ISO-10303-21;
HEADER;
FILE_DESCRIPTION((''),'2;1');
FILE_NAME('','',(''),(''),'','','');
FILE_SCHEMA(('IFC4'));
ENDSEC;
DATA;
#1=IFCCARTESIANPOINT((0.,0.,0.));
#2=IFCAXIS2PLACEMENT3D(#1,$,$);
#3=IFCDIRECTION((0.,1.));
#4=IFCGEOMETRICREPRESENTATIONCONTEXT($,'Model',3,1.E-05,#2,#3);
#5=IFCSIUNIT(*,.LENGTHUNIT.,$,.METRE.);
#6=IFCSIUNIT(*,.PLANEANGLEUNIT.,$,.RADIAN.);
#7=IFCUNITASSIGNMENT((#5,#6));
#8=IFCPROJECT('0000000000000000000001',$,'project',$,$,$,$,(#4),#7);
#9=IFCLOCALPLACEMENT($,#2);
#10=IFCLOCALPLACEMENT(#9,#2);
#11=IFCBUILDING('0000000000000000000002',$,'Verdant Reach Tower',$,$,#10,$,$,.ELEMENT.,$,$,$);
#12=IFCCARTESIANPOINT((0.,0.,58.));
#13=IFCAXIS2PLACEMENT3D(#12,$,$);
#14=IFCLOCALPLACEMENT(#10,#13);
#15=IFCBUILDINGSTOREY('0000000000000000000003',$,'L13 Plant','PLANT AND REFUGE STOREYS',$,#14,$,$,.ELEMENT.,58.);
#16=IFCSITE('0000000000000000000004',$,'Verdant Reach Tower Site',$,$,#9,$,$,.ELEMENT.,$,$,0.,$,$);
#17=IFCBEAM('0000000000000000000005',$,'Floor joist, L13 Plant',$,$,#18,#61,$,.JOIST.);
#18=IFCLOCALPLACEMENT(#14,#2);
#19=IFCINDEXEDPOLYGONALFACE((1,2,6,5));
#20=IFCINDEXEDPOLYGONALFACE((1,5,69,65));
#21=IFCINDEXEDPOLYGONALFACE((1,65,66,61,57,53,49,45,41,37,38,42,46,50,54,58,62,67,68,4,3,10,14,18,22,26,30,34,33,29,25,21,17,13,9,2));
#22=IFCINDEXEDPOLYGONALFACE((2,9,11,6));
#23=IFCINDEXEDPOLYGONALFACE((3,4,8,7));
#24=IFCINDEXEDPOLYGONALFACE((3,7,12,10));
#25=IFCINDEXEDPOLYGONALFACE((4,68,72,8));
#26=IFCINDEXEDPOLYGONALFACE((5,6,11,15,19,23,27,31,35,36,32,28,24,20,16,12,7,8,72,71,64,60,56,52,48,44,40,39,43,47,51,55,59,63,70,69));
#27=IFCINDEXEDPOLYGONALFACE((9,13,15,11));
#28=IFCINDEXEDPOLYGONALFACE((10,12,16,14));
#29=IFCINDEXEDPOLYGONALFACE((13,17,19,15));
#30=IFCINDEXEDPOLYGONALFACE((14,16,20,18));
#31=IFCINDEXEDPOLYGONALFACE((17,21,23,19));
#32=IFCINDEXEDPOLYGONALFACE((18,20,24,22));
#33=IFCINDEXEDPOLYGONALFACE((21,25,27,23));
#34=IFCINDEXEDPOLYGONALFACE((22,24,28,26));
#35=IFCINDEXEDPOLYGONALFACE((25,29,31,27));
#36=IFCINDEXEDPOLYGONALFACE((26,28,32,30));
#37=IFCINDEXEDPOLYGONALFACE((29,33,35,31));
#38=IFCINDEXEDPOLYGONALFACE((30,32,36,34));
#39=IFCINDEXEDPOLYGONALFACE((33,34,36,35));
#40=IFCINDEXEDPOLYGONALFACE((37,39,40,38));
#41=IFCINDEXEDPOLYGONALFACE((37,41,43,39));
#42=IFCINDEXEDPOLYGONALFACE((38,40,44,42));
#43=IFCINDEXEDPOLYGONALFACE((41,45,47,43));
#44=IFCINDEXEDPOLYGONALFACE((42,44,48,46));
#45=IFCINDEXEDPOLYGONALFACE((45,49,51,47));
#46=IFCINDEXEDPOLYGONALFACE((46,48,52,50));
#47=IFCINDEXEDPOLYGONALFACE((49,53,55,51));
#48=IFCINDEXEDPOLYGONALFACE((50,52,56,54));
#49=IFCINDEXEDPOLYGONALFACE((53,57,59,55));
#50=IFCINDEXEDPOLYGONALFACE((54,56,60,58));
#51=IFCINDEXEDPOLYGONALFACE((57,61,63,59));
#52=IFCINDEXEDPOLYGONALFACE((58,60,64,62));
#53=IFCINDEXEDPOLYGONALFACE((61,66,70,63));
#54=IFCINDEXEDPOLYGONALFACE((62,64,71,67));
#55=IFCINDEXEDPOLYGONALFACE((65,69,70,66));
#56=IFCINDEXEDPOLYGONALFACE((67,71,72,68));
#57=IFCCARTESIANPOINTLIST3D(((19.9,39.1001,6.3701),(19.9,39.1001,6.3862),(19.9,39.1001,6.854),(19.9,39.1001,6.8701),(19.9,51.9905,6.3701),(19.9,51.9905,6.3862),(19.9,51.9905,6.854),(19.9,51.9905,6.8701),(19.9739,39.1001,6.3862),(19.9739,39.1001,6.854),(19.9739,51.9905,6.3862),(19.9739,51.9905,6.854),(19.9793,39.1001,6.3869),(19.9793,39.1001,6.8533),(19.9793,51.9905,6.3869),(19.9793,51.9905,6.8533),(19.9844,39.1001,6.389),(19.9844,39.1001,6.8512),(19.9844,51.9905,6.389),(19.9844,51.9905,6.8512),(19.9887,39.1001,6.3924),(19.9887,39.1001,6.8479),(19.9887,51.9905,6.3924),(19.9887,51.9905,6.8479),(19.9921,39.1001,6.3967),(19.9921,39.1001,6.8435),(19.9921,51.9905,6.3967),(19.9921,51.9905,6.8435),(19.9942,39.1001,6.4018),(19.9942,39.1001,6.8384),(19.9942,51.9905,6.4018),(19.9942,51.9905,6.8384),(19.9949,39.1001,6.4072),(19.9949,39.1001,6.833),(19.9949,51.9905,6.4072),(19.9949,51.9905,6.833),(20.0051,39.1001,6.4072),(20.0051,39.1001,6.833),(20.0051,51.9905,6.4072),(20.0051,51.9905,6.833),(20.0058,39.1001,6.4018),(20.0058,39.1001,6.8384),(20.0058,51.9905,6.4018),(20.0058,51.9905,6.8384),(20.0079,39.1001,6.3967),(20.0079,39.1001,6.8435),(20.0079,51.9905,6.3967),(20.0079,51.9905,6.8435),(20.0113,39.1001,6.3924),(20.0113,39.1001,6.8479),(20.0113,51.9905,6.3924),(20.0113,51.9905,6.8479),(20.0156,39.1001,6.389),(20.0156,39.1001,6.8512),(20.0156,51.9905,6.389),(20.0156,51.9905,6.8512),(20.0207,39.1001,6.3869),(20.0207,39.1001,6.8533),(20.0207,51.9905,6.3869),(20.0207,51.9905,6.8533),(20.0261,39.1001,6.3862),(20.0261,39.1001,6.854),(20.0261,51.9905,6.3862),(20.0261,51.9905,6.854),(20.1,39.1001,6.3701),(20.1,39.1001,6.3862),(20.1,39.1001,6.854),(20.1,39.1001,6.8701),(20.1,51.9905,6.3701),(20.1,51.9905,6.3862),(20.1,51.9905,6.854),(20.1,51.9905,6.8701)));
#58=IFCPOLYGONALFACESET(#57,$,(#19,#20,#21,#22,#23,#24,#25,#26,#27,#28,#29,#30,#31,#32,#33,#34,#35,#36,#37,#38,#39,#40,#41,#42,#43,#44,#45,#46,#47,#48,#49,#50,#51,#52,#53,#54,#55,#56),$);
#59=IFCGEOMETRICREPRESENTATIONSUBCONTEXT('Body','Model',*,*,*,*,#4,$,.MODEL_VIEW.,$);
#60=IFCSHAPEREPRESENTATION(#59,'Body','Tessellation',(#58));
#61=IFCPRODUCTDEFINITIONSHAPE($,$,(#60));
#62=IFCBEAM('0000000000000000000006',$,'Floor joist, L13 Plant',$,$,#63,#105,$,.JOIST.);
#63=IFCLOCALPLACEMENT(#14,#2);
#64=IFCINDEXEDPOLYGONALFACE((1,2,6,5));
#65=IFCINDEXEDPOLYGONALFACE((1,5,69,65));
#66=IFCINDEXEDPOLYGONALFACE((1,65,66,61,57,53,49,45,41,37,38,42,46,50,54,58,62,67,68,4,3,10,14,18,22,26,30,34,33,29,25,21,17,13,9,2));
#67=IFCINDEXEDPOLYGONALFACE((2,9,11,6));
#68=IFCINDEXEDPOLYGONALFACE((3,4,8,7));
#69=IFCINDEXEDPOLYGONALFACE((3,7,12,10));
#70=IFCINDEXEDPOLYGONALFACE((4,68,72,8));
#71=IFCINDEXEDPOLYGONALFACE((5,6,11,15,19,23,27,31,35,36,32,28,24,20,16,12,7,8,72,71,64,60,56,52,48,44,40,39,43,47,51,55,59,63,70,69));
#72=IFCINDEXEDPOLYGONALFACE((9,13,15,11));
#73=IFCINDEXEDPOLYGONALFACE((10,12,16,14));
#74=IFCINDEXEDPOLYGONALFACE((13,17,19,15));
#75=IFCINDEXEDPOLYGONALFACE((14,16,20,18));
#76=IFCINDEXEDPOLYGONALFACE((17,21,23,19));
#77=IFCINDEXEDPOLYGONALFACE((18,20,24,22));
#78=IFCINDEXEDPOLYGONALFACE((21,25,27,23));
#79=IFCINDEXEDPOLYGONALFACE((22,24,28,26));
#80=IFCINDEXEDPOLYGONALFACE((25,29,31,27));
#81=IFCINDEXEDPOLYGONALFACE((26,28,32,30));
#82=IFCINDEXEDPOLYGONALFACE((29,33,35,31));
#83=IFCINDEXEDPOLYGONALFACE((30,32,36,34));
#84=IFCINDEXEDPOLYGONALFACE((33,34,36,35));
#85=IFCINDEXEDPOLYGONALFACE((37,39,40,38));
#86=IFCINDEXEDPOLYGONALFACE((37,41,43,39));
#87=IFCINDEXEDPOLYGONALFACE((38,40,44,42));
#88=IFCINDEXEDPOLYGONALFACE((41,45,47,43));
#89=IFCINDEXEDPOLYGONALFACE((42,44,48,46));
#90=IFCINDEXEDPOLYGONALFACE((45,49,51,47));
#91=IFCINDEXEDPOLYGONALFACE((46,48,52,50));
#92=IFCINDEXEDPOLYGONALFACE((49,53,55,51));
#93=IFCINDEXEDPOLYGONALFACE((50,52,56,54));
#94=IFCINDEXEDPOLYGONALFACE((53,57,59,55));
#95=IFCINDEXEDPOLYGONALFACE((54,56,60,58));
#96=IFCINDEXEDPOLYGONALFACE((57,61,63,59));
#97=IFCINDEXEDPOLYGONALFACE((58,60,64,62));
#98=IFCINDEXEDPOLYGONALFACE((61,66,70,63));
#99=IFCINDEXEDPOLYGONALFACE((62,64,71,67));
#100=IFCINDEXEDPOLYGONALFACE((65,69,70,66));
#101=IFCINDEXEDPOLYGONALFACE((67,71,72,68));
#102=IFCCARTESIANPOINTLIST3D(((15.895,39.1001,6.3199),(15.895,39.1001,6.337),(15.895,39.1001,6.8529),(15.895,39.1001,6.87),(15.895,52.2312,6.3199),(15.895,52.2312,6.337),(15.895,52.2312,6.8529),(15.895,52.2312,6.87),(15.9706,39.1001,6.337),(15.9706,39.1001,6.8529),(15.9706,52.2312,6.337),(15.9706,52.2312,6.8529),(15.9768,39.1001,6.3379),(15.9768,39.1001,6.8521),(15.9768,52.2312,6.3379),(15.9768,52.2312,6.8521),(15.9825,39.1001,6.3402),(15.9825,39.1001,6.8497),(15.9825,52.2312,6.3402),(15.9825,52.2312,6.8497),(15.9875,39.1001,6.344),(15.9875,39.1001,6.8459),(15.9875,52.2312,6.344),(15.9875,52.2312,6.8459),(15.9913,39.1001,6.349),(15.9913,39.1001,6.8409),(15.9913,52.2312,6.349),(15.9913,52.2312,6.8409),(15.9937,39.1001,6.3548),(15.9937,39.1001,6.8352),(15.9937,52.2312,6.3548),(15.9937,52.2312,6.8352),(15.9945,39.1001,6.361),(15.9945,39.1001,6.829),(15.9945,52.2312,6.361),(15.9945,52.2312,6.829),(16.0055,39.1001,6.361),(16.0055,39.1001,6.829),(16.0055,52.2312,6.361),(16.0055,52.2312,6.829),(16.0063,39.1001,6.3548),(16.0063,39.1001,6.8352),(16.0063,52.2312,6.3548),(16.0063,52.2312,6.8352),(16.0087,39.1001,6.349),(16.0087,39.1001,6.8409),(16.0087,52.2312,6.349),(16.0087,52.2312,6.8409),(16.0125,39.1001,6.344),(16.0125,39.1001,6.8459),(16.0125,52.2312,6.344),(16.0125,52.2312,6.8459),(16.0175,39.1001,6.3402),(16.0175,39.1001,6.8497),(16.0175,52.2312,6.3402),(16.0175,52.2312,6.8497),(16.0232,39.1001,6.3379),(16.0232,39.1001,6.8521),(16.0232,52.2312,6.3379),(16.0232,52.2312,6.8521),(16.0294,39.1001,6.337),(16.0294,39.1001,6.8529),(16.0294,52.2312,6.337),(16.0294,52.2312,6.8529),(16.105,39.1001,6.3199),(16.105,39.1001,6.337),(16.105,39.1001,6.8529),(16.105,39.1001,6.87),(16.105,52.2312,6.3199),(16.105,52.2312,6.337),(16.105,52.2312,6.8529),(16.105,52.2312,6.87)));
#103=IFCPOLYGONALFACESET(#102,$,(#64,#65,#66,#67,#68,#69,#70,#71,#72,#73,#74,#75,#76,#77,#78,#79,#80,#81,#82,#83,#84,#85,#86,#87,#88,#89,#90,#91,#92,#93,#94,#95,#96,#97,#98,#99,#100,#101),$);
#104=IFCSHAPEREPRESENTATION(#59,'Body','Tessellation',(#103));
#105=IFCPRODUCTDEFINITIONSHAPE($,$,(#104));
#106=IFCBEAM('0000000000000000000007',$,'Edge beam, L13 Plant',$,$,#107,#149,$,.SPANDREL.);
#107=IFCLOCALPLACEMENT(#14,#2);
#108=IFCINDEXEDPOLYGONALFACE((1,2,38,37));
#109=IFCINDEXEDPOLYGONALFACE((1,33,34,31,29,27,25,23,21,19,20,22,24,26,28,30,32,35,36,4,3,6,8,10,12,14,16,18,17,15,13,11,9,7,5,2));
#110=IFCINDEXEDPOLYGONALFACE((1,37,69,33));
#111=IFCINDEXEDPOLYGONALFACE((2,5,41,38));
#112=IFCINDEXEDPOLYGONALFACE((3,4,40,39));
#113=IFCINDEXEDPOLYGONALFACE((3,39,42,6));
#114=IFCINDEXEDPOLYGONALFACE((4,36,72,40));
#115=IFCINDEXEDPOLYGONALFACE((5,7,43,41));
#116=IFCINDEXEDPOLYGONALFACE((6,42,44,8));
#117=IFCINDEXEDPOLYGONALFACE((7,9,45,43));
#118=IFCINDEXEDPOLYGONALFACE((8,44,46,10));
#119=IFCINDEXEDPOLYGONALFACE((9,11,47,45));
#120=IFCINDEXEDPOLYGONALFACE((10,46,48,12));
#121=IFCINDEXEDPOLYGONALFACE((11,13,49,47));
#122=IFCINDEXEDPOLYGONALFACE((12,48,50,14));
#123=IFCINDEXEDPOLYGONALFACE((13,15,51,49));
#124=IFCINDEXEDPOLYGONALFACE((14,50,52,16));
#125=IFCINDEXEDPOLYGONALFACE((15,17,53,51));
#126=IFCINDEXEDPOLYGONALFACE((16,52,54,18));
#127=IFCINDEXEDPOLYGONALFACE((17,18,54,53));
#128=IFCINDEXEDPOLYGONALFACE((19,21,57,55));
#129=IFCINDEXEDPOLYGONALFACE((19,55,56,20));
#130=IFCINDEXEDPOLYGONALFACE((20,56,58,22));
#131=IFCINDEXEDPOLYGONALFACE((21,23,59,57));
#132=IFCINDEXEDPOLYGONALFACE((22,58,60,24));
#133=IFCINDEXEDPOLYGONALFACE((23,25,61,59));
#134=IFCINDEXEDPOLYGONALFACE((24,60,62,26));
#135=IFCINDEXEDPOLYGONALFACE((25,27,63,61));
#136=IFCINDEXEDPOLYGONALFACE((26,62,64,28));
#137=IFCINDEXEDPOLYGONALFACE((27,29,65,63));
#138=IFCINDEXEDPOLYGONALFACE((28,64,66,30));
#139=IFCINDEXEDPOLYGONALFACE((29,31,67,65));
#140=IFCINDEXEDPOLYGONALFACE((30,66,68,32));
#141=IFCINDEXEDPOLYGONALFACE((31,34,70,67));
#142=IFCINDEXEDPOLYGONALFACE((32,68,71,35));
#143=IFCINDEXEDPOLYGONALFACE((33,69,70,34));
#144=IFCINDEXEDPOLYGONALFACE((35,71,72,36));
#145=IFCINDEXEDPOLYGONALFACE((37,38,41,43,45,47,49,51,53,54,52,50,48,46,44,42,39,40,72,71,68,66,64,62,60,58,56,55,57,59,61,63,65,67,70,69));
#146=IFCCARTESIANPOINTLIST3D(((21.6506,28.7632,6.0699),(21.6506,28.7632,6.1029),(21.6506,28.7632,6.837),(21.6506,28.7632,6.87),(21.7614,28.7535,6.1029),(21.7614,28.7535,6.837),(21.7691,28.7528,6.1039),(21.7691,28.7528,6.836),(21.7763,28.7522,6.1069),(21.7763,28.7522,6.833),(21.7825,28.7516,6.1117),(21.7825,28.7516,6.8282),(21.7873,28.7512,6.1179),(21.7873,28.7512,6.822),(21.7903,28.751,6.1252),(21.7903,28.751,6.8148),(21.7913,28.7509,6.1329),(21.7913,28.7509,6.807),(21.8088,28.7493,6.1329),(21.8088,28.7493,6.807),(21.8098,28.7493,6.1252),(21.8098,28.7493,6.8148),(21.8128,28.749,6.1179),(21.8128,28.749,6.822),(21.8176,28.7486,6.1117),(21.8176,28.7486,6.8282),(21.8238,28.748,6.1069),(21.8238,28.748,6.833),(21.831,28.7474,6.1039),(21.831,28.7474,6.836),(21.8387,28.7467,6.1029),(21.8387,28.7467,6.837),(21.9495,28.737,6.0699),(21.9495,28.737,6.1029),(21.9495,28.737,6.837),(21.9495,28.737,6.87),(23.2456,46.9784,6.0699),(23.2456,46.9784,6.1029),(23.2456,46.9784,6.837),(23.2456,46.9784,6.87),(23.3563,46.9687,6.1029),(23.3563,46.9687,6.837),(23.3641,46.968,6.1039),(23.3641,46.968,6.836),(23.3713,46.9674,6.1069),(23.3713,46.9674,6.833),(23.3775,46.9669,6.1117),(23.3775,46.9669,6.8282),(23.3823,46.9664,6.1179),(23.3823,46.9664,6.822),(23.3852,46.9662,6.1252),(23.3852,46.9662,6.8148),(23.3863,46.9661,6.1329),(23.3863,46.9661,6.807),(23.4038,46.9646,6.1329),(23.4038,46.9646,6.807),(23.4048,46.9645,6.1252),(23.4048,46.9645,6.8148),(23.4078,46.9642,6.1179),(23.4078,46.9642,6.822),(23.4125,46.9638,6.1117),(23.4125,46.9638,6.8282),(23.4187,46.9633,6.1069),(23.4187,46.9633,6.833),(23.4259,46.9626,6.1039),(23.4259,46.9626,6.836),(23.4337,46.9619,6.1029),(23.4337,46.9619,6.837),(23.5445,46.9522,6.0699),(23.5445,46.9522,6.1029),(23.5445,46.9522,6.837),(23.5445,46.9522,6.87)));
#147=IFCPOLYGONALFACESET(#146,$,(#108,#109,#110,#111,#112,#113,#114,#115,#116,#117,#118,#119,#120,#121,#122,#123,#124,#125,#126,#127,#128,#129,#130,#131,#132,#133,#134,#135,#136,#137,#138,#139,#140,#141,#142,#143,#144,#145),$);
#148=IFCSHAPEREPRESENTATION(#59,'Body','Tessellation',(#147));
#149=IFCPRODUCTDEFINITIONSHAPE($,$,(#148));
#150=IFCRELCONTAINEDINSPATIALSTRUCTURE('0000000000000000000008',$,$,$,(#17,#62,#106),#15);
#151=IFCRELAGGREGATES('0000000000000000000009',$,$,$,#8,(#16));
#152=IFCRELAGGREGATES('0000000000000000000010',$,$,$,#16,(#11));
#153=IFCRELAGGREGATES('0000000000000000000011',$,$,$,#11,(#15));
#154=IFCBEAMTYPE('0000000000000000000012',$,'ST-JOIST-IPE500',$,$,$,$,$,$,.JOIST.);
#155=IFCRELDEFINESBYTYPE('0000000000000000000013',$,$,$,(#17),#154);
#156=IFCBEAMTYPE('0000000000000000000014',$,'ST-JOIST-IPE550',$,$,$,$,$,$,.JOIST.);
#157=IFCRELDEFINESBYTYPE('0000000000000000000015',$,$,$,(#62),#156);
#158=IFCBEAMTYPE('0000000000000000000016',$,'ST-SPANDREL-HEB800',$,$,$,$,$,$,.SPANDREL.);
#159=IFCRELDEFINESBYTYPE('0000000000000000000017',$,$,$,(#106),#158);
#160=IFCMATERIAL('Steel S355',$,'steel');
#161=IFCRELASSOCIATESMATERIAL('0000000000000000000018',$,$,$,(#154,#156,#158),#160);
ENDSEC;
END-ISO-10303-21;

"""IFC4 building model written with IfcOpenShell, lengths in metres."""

from ifc_helpers import new_model, si_unit, direction, frame, origin, origin_2d, place, context, subcontext, project, spatial, i_section, extrude, material, material_profile, profile_set, type_object, element, save


model = new_model("IFC4")

# Units and contexts
model_context = context("Model", 3, precision=1e-05, world=origin(), true_north=direction((0.0, 1.0)))
body_context = subcontext(model_context, "Body", "Model", "MODEL_VIEW")
ifc_project = project(units=[si_unit("LENGTHUNIT", "METRE"), si_unit("PLANEANGLEUNIT", "RADIAN")], contexts=[model_context])

# Site, building, storey
site_placement = place(None, origin())
site = spatial("IfcSite", under=ifc_project, at=site_placement, Name="Verdant Reach Tower Site", CompositionType="ELEMENT", RefElevation=0.0)
building_placement = place(site_placement, origin())
building = spatial("IfcBuilding", under=site, at=building_placement, Name="Verdant Reach Tower", CompositionType="ELEMENT")
storey_placement = place(building_placement, frame((0.0, 0.0, 58.0)))
storey = spatial("IfcBuildingStorey", under=building, at=storey_placement, Name="L13 Plant", Description="PLANT AND REFUGE STOREYS", CompositionType="ELEMENT", Elevation=58.0)

# Beams
ifc_material_1 = material(Name="Steel S355", Category="steel")
ifc_material_profile_1 = material_profile(ifc_material_1, i_section(OverallWidth=0.2, OverallDepth=0.5, WebThickness=0.0103, FlangeThickness=0.0161, FilletRadius=0.021, at=origin_2d()), Name="IPE 500")
ifc_profile_set_1 = profile_set([ifc_material_profile_1], Name="Steel S355")
beam_type_1 = type_object("IfcBeamType", Name="ST-JOIST-IPE500", PredefinedType="JOIST", material=ifc_profile_set_1)
beam_1_placement = place(storey_placement, frame((20.0, 39.1001, 6.6201), z_axis=(0.0, 1.0, 0.0), x_axis=(-1.0, 0.0, 0.0)))
element("IfcBeam", 1, at=beam_1_placement, inside=storey, type_object=beam_type_1, Name="Floor joist, L13 Plant", PredefinedType="JOIST", context=body_context, shape_type="SweptSolid", body=[
    extrude(i_section(OverallWidth=0.2, OverallDepth=0.5, WebThickness=0.0103, FlangeThickness=0.0161, FilletRadius=0.021, at=origin_2d()), origin(), (0.0, 0.0, 1.0), 12.8904),
])
ifc_material_profile_2 = material_profile(ifc_material_1, i_section(OverallWidth=0.21, OverallDepth=0.55, WebThickness=0.011, FlangeThickness=0.0171, FilletRadius=0.0239, at=origin_2d()), Name="IPE 550")
ifc_profile_set_2 = profile_set([ifc_material_profile_2], Name="Steel S355")
beam_type_2 = type_object("IfcBeamType", Name="ST-JOIST-IPE550", PredefinedType="JOIST", material=ifc_profile_set_2)
beam_2_placement = place(storey_placement, frame((16.0, 39.1001, 6.595), z_axis=(0.0, 1.0, 0.0), x_axis=(-1.0, 0.0, 0.0)))
element("IfcBeam", 2, at=beam_2_placement, inside=storey, type_object=beam_type_2, Name="Floor joist, L13 Plant", PredefinedType="JOIST", context=body_context, shape_type="SweptSolid", body=[
    extrude(i_section(OverallWidth=0.21, OverallDepth=0.55, WebThickness=0.011, FlangeThickness=0.0171, FilletRadius=0.0239, at=origin_2d()), origin(), (0.0, 0.0, 1.0), 13.1311),
])
ifc_material_profile_3 = material_profile(ifc_material_1, i_section(OverallWidth=0.3, OverallDepth=0.8, WebThickness=0.0176, FlangeThickness=0.033, FilletRadius=0.03, at=origin_2d()), Name="HEB 800")
ifc_profile_set_3 = profile_set([ifc_material_profile_3], Name="Steel S355")
beam_type_3 = type_object("IfcBeamType", Name="ST-SPANDREL-HEB800", PredefinedType="SPANDREL", material=ifc_profile_set_3)
beam_3_placement = place(storey_placement, frame((23.395, 46.9653, 6.47), z_axis=(-0.087228, -0.996188, 0.0), x_axis=(0.996188, -0.087228, 0.0)))
element("IfcBeam", 3, at=beam_3_placement, inside=storey, type_object=beam_type_3, Name="Edge beam, L13 Plant", PredefinedType="SPANDREL", context=body_context, shape_type="SweptSolid", body=[
    extrude(i_section(OverallWidth=0.3, OverallDepth=0.8, WebThickness=0.0176, FlangeThickness=0.033, FilletRadius=0.03, at=origin_2d()), origin(), (0.0, 0.0, 1.0), 18.2849),
])

save(model, "model.ifc")
